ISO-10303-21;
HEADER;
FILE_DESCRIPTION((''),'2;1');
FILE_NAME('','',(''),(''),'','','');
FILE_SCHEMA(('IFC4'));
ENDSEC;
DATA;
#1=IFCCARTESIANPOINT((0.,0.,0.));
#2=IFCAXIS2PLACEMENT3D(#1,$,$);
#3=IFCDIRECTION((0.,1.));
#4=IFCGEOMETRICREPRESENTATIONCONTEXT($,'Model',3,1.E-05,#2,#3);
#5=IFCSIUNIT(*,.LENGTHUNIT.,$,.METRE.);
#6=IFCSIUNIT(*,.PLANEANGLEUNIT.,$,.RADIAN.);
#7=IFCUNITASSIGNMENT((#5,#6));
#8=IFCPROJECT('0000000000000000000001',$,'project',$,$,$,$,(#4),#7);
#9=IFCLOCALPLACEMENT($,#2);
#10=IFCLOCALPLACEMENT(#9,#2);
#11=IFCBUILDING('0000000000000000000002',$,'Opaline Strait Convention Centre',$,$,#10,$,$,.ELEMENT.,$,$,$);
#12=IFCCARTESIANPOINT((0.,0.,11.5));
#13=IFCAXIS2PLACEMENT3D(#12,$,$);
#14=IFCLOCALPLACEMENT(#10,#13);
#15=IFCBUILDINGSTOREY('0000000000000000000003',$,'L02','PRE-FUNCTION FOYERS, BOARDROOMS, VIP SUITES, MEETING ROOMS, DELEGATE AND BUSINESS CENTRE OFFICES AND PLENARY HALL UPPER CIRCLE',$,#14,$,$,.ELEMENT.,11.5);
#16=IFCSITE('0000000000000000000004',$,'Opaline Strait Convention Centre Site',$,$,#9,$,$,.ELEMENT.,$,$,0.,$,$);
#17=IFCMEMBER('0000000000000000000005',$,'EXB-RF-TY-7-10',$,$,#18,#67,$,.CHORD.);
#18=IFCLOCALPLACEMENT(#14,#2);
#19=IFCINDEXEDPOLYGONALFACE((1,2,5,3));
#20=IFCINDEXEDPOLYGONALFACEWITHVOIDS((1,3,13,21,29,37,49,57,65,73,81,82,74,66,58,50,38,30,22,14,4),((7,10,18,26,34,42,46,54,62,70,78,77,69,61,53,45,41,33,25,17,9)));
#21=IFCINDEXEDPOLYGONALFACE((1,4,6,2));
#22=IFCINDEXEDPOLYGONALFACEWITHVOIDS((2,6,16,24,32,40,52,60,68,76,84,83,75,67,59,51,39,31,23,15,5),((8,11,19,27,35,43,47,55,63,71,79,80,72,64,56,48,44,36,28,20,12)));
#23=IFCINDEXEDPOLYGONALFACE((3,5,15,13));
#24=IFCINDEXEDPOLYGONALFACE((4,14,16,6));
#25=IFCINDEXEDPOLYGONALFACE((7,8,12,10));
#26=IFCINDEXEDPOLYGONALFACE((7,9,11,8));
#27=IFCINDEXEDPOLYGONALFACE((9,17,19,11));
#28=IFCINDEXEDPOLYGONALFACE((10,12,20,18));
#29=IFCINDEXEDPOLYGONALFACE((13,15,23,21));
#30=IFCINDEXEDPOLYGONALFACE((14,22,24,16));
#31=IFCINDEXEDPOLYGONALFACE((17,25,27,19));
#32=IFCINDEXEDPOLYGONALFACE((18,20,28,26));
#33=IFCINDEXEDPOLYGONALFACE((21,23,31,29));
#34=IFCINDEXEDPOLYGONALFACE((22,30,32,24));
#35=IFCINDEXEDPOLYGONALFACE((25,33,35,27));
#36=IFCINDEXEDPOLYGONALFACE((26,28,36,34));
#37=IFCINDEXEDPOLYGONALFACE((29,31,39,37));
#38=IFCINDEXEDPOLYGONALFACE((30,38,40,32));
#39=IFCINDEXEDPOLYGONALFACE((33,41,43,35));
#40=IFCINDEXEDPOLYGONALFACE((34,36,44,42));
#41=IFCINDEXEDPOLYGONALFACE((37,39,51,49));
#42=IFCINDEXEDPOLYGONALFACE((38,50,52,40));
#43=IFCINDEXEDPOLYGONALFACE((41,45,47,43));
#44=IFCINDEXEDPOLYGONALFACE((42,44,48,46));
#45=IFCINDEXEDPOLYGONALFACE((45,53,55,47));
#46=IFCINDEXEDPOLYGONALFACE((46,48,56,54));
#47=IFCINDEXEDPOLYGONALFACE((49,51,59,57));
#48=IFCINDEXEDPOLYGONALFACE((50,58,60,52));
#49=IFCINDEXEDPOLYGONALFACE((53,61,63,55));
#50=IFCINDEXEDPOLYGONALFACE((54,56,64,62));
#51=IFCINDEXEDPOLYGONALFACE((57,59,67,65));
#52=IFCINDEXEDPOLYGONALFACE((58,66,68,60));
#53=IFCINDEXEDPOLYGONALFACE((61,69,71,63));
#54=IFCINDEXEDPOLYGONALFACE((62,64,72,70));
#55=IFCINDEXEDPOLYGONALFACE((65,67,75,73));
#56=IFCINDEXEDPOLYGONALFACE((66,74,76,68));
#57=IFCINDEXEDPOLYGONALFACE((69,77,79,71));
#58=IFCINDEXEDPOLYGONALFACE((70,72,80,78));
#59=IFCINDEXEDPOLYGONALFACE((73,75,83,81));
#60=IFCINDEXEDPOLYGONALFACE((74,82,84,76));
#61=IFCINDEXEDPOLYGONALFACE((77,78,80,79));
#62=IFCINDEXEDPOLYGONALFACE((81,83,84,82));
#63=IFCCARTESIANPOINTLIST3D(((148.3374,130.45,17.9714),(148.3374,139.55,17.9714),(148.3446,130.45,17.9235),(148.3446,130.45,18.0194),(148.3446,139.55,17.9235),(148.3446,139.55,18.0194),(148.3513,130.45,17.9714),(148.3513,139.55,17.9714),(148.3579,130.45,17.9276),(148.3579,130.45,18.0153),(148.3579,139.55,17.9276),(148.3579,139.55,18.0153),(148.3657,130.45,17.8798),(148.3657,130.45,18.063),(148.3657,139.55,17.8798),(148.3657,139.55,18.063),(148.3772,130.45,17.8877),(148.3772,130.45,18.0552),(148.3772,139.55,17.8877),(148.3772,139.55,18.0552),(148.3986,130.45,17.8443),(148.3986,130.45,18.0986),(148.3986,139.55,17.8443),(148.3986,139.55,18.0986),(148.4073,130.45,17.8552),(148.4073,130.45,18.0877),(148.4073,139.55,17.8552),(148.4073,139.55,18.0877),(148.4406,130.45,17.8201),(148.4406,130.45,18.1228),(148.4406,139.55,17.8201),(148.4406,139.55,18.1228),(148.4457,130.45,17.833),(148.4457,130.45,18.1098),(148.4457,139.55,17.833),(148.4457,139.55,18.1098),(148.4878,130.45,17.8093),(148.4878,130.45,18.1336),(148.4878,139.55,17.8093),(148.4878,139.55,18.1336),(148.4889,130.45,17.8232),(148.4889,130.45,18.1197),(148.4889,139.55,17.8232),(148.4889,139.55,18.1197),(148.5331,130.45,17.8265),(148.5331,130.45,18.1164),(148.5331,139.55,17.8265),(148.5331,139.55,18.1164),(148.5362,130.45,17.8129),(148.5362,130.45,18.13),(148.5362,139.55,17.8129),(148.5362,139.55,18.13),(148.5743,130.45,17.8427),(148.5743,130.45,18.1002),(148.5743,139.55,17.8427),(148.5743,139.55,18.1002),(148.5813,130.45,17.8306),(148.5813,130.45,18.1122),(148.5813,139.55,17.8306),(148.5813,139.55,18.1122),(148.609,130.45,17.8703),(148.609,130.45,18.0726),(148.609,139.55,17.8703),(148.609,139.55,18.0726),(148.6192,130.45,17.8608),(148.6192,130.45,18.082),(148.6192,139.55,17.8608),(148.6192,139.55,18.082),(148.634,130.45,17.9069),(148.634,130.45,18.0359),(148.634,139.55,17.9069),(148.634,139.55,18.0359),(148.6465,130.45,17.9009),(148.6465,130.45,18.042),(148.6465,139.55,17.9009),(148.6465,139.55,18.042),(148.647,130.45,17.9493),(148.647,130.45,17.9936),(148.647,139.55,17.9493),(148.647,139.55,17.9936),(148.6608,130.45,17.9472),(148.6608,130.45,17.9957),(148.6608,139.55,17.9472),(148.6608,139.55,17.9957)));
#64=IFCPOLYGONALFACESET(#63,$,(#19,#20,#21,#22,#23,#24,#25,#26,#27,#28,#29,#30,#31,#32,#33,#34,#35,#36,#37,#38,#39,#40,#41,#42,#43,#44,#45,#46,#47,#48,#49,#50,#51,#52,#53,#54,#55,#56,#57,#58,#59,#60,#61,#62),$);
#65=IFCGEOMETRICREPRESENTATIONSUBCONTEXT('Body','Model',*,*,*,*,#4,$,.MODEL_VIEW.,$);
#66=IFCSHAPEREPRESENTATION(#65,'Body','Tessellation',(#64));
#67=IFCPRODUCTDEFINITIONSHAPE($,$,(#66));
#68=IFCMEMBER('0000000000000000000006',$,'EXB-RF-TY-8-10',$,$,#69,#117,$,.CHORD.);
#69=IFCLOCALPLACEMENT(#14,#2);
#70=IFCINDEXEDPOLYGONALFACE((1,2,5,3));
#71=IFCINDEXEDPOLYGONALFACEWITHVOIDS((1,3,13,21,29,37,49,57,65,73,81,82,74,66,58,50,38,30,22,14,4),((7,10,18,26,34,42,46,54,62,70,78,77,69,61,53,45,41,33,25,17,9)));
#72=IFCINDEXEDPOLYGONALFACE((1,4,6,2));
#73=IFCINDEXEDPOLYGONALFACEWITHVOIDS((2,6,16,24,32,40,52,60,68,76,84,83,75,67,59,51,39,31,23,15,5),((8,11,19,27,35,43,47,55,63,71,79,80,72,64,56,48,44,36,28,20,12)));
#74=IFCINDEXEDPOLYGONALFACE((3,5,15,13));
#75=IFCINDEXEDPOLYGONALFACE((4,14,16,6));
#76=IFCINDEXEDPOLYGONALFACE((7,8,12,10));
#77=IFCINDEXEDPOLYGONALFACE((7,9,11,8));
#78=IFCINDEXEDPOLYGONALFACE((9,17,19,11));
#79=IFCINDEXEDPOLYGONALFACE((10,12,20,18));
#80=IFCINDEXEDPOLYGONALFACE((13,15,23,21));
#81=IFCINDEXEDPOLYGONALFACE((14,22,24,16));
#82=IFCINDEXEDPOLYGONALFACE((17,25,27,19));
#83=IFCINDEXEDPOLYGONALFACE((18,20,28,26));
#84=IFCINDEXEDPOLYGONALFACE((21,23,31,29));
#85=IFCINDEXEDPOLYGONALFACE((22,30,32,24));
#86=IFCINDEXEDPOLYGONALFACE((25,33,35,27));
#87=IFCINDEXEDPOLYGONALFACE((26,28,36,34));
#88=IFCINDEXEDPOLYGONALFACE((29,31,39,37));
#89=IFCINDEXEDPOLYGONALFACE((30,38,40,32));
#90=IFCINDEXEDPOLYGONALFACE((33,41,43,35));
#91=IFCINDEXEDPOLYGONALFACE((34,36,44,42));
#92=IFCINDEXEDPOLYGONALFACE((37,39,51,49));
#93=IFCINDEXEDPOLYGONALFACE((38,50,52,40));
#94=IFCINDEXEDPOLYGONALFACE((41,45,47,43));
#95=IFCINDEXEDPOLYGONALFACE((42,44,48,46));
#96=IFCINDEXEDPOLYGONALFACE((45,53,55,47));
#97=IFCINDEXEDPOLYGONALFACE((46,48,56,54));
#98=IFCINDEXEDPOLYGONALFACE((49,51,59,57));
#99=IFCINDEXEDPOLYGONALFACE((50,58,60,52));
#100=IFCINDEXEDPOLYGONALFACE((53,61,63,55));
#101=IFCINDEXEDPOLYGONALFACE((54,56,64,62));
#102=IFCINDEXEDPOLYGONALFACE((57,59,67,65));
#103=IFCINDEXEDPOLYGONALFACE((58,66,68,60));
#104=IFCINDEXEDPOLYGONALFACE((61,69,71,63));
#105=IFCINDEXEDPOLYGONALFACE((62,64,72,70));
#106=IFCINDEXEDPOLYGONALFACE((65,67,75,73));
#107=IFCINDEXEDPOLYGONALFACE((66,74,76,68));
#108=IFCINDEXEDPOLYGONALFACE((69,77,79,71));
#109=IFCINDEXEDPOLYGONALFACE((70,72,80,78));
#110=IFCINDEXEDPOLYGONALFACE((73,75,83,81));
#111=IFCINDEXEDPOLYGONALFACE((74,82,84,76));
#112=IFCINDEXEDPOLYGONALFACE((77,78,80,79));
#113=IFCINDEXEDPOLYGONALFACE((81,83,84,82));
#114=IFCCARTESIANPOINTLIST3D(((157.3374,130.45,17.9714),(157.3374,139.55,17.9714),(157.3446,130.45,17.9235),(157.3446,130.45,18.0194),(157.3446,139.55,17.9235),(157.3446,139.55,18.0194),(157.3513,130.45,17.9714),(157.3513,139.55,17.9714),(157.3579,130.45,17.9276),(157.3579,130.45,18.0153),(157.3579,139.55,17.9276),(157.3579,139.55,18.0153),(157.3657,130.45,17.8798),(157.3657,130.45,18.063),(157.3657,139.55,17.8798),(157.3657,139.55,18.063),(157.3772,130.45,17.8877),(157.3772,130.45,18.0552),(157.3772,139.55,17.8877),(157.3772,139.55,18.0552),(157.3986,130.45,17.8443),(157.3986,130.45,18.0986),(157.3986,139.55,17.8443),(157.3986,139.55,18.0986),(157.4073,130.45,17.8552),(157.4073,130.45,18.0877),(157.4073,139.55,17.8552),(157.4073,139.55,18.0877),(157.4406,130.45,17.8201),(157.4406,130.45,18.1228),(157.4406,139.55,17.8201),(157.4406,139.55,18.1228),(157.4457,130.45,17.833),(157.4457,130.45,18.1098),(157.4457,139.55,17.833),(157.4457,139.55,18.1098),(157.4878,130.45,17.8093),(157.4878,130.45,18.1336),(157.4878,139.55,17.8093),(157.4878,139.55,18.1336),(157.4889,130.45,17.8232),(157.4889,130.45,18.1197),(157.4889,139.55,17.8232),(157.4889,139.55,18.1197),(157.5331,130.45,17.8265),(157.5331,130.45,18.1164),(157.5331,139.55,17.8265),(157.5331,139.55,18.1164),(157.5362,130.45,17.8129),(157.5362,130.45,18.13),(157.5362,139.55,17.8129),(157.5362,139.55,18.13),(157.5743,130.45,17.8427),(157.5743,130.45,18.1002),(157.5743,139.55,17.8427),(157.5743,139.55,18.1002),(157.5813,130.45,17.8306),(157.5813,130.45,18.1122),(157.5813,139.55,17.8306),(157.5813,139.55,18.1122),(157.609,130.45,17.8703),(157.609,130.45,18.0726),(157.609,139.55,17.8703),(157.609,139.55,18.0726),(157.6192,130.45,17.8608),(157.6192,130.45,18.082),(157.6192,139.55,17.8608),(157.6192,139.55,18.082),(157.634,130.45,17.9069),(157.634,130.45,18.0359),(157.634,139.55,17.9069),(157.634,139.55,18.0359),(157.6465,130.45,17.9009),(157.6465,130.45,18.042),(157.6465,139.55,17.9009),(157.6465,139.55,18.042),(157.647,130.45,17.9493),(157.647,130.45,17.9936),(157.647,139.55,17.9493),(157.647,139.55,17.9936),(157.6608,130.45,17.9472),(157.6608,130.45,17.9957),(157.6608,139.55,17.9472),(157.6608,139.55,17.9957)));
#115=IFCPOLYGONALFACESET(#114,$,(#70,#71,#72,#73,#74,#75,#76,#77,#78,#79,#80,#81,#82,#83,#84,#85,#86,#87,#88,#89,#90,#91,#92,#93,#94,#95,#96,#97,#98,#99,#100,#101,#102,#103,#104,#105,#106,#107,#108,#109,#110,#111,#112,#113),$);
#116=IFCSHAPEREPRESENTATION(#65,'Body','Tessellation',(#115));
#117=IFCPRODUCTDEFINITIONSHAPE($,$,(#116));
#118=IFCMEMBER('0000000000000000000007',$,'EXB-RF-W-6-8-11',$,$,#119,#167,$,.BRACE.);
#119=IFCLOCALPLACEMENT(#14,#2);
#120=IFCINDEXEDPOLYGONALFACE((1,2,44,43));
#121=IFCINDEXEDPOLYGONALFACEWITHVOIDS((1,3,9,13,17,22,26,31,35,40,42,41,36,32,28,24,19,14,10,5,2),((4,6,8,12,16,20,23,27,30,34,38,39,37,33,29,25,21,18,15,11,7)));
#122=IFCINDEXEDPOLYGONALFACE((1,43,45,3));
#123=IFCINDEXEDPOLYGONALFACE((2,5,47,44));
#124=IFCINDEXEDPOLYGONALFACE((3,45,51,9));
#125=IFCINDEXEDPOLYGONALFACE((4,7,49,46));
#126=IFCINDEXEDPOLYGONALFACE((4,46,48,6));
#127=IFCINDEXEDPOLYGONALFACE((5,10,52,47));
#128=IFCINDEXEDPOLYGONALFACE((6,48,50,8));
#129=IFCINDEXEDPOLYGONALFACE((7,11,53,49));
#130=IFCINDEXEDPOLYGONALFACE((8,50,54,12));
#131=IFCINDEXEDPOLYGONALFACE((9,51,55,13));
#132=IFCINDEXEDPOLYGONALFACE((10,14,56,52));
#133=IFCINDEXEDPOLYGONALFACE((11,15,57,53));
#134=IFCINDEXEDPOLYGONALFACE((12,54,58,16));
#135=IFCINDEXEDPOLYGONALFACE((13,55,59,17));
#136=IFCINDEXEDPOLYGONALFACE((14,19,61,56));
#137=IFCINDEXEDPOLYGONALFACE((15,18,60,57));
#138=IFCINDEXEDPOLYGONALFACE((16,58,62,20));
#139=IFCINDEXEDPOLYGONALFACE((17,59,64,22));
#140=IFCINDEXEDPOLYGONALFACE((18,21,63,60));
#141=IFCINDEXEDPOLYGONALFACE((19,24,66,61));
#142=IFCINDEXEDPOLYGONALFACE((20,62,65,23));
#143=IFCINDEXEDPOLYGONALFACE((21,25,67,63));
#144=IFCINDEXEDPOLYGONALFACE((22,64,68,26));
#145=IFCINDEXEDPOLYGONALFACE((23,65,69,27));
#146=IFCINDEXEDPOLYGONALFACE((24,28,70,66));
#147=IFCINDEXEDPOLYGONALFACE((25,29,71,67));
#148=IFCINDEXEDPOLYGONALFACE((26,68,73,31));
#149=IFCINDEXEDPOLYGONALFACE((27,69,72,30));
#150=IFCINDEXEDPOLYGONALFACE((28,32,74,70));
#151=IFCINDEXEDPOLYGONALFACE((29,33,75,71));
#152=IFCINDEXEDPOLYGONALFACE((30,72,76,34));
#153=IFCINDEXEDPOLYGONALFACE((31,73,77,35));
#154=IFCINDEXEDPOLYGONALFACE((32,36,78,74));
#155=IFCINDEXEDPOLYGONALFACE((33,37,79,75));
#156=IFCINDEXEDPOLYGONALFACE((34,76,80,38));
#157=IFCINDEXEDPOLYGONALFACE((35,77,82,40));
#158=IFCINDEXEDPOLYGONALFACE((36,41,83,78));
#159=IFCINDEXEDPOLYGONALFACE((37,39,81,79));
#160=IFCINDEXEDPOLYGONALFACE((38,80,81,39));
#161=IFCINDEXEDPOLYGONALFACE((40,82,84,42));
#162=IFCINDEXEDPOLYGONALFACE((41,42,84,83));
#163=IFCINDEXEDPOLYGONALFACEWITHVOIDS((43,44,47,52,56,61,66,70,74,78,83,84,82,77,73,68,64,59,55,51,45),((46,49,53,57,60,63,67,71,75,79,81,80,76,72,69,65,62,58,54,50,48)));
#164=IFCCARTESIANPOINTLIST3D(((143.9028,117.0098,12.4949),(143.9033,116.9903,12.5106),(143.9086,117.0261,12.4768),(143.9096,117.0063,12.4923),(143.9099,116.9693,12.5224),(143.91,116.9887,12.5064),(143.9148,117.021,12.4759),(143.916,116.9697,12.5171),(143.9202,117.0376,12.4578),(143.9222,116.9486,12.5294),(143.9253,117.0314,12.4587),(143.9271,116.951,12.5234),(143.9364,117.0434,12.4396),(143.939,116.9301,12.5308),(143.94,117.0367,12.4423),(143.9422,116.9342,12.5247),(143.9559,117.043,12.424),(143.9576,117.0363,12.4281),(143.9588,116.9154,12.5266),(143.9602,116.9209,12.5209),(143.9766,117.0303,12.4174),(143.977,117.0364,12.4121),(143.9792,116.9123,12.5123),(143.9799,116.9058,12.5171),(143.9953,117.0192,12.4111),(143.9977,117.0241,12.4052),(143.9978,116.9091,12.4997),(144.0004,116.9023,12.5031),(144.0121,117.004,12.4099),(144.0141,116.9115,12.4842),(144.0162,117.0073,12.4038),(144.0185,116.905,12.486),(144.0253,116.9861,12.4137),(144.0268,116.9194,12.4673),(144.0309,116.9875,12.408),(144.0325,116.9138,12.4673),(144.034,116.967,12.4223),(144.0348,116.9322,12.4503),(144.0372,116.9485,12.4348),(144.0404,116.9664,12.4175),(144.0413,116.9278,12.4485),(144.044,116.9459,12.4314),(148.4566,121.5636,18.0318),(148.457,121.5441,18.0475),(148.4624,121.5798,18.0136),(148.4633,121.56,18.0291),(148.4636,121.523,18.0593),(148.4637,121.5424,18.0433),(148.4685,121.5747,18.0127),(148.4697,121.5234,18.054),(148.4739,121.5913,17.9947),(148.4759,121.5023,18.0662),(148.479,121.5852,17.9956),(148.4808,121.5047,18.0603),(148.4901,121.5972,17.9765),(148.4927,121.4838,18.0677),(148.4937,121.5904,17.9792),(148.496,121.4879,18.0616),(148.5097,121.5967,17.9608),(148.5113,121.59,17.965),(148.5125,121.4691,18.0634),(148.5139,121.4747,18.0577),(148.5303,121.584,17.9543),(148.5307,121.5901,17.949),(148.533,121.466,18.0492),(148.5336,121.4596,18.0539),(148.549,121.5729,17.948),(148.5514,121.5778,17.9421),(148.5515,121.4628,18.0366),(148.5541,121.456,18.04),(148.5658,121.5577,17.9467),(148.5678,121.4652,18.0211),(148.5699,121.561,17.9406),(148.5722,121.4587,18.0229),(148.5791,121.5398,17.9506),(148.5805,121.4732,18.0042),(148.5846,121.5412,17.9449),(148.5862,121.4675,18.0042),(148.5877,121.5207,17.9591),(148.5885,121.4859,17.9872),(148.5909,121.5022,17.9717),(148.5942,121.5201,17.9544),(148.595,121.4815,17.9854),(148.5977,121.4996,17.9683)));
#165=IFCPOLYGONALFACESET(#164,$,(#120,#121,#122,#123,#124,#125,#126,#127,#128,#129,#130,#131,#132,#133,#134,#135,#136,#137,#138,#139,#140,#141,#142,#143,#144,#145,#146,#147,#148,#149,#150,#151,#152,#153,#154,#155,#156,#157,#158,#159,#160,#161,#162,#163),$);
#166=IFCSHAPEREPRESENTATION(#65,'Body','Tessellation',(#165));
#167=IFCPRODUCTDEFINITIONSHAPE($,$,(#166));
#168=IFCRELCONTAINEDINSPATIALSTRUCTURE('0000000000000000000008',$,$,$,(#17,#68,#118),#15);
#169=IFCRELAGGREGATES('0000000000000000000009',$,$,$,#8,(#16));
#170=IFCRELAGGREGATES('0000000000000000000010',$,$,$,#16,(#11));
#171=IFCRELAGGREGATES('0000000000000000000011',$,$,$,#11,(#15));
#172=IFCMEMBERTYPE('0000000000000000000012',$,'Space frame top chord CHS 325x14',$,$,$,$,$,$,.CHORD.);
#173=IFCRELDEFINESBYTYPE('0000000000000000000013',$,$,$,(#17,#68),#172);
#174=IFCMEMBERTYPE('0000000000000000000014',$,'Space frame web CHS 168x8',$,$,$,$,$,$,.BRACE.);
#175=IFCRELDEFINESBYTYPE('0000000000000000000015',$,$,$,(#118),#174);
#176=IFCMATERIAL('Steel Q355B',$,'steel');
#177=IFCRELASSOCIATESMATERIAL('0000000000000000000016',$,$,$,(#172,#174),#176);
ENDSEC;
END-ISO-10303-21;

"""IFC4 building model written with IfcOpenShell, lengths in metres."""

from ifc_helpers import new_model, si_unit, direction, frame, origin, origin_2d, place, context, subcontext, project, spatial, hollow_circle, extrude, material, material_profile, profile_set, type_object, element, save


model = new_model("IFC4")

# Units and contexts
model_context = context("Model", 3, precision=1e-05, world=origin(), true_north=direction((0.0, 1.0)))
body_context = subcontext(model_context, "Body", "Model", "MODEL_VIEW")
ifc_project = project(units=[si_unit("LENGTHUNIT", "METRE"), si_unit("PLANEANGLEUNIT", "RADIAN")], contexts=[model_context])

# Site, building, storey
site_placement = place(None, origin())
site = spatial("IfcSite", under=ifc_project, at=site_placement, Name="Opaline Strait Convention Centre Site", CompositionType="ELEMENT", RefElevation=0.0)
building_placement = place(site_placement, origin())
building = spatial("IfcBuilding", under=site, at=building_placement, Name="Opaline Strait Convention Centre", CompositionType="ELEMENT")
storey_placement = place(building_placement, frame((0.0, 0.0, 11.5)))
storey = spatial("IfcBuildingStorey", under=building, at=storey_placement, Name="L02", Description="PRE-FUNCTION FOYERS, BOARDROOMS, VIP SUITES, MEETING ROOMS, DELEGATE AND BUSINESS CENTRE OFFICES AND PLENARY HALL UPPER CIRCLE", CompositionType="ELEMENT", Elevation=11.5)

# Members
ifc_material_1 = material(Name="Steel Q355B", Category="steel")
ifc_material_profile_1 = material_profile(ifc_material_1, hollow_circle(Radius=0.1626, WallThickness=0.0139, at=origin_2d()), Name="CHS 325x14")
ifc_profile_set_1 = profile_set([ifc_material_profile_1], Name="Steel Q355B")
member_type_1 = type_object("IfcMemberType", Name="Space frame top chord CHS 325x14", PredefinedType="CHORD", material=ifc_profile_set_1)
for number, where, z_axis, x_axis, name in (
    (1, (148.5, 130.45, 17.9714), (0.0, 1.0, 0.0), (-1.0, 0.0, 0.0), "EXB-RF-TY-7-10"),
    (2, (157.5, 130.45, 17.9714), (0.0, 1.0, 0.0), (-1.0, 0.0, 0.0), "EXB-RF-TY-8-10"),
):
    element("IfcMember", number, at=place(storey_placement, frame(where, z_axis=z_axis, x_axis=x_axis)), inside=storey, type_object=member_type_1, Name=name, PredefinedType="CHORD", context=body_context, shape_type="SweptSolid", body=[
        extrude(hollow_circle(Radius=0.1626, WallThickness=0.0139, at=origin_2d()), origin(), (0.0, 0.0, 1.0), 9.1001),
    ])
ifc_material_profile_2 = material_profile(ifc_material_1, hollow_circle(Radius=0.084, WallThickness=0.0081, at=origin_2d()), Name="CHS 168x8")
ifc_profile_set_2 = profile_set([ifc_material_profile_2], Name="Steel Q355B")
member_type_2 = type_object("IfcMemberType", Name="Space frame web CHS 168x8", PredefinedType="BRACE", material=ifc_profile_set_2)
for number, where, z_axis, x_axis, name in (
    (3, (148.5269, 121.5269, 18.0042), (-0.536178, -0.536178, -0.65194), (0.707107, -0.707107, 0.0), "EXB-RF-W-6-8-11"),
):
    element("IfcMember", number, at=place(storey_placement, frame(where, z_axis=z_axis, x_axis=x_axis)), inside=storey, type_object=member_type_2, Name=name, PredefinedType="BRACE", context=body_context, shape_type="SweptSolid", body=[
        extrude(hollow_circle(Radius=0.084, WallThickness=0.0081, at=origin_2d()), origin(), (0.0, 0.0, 1.0), 8.4929),
    ])

save(model, "model.ifc")
